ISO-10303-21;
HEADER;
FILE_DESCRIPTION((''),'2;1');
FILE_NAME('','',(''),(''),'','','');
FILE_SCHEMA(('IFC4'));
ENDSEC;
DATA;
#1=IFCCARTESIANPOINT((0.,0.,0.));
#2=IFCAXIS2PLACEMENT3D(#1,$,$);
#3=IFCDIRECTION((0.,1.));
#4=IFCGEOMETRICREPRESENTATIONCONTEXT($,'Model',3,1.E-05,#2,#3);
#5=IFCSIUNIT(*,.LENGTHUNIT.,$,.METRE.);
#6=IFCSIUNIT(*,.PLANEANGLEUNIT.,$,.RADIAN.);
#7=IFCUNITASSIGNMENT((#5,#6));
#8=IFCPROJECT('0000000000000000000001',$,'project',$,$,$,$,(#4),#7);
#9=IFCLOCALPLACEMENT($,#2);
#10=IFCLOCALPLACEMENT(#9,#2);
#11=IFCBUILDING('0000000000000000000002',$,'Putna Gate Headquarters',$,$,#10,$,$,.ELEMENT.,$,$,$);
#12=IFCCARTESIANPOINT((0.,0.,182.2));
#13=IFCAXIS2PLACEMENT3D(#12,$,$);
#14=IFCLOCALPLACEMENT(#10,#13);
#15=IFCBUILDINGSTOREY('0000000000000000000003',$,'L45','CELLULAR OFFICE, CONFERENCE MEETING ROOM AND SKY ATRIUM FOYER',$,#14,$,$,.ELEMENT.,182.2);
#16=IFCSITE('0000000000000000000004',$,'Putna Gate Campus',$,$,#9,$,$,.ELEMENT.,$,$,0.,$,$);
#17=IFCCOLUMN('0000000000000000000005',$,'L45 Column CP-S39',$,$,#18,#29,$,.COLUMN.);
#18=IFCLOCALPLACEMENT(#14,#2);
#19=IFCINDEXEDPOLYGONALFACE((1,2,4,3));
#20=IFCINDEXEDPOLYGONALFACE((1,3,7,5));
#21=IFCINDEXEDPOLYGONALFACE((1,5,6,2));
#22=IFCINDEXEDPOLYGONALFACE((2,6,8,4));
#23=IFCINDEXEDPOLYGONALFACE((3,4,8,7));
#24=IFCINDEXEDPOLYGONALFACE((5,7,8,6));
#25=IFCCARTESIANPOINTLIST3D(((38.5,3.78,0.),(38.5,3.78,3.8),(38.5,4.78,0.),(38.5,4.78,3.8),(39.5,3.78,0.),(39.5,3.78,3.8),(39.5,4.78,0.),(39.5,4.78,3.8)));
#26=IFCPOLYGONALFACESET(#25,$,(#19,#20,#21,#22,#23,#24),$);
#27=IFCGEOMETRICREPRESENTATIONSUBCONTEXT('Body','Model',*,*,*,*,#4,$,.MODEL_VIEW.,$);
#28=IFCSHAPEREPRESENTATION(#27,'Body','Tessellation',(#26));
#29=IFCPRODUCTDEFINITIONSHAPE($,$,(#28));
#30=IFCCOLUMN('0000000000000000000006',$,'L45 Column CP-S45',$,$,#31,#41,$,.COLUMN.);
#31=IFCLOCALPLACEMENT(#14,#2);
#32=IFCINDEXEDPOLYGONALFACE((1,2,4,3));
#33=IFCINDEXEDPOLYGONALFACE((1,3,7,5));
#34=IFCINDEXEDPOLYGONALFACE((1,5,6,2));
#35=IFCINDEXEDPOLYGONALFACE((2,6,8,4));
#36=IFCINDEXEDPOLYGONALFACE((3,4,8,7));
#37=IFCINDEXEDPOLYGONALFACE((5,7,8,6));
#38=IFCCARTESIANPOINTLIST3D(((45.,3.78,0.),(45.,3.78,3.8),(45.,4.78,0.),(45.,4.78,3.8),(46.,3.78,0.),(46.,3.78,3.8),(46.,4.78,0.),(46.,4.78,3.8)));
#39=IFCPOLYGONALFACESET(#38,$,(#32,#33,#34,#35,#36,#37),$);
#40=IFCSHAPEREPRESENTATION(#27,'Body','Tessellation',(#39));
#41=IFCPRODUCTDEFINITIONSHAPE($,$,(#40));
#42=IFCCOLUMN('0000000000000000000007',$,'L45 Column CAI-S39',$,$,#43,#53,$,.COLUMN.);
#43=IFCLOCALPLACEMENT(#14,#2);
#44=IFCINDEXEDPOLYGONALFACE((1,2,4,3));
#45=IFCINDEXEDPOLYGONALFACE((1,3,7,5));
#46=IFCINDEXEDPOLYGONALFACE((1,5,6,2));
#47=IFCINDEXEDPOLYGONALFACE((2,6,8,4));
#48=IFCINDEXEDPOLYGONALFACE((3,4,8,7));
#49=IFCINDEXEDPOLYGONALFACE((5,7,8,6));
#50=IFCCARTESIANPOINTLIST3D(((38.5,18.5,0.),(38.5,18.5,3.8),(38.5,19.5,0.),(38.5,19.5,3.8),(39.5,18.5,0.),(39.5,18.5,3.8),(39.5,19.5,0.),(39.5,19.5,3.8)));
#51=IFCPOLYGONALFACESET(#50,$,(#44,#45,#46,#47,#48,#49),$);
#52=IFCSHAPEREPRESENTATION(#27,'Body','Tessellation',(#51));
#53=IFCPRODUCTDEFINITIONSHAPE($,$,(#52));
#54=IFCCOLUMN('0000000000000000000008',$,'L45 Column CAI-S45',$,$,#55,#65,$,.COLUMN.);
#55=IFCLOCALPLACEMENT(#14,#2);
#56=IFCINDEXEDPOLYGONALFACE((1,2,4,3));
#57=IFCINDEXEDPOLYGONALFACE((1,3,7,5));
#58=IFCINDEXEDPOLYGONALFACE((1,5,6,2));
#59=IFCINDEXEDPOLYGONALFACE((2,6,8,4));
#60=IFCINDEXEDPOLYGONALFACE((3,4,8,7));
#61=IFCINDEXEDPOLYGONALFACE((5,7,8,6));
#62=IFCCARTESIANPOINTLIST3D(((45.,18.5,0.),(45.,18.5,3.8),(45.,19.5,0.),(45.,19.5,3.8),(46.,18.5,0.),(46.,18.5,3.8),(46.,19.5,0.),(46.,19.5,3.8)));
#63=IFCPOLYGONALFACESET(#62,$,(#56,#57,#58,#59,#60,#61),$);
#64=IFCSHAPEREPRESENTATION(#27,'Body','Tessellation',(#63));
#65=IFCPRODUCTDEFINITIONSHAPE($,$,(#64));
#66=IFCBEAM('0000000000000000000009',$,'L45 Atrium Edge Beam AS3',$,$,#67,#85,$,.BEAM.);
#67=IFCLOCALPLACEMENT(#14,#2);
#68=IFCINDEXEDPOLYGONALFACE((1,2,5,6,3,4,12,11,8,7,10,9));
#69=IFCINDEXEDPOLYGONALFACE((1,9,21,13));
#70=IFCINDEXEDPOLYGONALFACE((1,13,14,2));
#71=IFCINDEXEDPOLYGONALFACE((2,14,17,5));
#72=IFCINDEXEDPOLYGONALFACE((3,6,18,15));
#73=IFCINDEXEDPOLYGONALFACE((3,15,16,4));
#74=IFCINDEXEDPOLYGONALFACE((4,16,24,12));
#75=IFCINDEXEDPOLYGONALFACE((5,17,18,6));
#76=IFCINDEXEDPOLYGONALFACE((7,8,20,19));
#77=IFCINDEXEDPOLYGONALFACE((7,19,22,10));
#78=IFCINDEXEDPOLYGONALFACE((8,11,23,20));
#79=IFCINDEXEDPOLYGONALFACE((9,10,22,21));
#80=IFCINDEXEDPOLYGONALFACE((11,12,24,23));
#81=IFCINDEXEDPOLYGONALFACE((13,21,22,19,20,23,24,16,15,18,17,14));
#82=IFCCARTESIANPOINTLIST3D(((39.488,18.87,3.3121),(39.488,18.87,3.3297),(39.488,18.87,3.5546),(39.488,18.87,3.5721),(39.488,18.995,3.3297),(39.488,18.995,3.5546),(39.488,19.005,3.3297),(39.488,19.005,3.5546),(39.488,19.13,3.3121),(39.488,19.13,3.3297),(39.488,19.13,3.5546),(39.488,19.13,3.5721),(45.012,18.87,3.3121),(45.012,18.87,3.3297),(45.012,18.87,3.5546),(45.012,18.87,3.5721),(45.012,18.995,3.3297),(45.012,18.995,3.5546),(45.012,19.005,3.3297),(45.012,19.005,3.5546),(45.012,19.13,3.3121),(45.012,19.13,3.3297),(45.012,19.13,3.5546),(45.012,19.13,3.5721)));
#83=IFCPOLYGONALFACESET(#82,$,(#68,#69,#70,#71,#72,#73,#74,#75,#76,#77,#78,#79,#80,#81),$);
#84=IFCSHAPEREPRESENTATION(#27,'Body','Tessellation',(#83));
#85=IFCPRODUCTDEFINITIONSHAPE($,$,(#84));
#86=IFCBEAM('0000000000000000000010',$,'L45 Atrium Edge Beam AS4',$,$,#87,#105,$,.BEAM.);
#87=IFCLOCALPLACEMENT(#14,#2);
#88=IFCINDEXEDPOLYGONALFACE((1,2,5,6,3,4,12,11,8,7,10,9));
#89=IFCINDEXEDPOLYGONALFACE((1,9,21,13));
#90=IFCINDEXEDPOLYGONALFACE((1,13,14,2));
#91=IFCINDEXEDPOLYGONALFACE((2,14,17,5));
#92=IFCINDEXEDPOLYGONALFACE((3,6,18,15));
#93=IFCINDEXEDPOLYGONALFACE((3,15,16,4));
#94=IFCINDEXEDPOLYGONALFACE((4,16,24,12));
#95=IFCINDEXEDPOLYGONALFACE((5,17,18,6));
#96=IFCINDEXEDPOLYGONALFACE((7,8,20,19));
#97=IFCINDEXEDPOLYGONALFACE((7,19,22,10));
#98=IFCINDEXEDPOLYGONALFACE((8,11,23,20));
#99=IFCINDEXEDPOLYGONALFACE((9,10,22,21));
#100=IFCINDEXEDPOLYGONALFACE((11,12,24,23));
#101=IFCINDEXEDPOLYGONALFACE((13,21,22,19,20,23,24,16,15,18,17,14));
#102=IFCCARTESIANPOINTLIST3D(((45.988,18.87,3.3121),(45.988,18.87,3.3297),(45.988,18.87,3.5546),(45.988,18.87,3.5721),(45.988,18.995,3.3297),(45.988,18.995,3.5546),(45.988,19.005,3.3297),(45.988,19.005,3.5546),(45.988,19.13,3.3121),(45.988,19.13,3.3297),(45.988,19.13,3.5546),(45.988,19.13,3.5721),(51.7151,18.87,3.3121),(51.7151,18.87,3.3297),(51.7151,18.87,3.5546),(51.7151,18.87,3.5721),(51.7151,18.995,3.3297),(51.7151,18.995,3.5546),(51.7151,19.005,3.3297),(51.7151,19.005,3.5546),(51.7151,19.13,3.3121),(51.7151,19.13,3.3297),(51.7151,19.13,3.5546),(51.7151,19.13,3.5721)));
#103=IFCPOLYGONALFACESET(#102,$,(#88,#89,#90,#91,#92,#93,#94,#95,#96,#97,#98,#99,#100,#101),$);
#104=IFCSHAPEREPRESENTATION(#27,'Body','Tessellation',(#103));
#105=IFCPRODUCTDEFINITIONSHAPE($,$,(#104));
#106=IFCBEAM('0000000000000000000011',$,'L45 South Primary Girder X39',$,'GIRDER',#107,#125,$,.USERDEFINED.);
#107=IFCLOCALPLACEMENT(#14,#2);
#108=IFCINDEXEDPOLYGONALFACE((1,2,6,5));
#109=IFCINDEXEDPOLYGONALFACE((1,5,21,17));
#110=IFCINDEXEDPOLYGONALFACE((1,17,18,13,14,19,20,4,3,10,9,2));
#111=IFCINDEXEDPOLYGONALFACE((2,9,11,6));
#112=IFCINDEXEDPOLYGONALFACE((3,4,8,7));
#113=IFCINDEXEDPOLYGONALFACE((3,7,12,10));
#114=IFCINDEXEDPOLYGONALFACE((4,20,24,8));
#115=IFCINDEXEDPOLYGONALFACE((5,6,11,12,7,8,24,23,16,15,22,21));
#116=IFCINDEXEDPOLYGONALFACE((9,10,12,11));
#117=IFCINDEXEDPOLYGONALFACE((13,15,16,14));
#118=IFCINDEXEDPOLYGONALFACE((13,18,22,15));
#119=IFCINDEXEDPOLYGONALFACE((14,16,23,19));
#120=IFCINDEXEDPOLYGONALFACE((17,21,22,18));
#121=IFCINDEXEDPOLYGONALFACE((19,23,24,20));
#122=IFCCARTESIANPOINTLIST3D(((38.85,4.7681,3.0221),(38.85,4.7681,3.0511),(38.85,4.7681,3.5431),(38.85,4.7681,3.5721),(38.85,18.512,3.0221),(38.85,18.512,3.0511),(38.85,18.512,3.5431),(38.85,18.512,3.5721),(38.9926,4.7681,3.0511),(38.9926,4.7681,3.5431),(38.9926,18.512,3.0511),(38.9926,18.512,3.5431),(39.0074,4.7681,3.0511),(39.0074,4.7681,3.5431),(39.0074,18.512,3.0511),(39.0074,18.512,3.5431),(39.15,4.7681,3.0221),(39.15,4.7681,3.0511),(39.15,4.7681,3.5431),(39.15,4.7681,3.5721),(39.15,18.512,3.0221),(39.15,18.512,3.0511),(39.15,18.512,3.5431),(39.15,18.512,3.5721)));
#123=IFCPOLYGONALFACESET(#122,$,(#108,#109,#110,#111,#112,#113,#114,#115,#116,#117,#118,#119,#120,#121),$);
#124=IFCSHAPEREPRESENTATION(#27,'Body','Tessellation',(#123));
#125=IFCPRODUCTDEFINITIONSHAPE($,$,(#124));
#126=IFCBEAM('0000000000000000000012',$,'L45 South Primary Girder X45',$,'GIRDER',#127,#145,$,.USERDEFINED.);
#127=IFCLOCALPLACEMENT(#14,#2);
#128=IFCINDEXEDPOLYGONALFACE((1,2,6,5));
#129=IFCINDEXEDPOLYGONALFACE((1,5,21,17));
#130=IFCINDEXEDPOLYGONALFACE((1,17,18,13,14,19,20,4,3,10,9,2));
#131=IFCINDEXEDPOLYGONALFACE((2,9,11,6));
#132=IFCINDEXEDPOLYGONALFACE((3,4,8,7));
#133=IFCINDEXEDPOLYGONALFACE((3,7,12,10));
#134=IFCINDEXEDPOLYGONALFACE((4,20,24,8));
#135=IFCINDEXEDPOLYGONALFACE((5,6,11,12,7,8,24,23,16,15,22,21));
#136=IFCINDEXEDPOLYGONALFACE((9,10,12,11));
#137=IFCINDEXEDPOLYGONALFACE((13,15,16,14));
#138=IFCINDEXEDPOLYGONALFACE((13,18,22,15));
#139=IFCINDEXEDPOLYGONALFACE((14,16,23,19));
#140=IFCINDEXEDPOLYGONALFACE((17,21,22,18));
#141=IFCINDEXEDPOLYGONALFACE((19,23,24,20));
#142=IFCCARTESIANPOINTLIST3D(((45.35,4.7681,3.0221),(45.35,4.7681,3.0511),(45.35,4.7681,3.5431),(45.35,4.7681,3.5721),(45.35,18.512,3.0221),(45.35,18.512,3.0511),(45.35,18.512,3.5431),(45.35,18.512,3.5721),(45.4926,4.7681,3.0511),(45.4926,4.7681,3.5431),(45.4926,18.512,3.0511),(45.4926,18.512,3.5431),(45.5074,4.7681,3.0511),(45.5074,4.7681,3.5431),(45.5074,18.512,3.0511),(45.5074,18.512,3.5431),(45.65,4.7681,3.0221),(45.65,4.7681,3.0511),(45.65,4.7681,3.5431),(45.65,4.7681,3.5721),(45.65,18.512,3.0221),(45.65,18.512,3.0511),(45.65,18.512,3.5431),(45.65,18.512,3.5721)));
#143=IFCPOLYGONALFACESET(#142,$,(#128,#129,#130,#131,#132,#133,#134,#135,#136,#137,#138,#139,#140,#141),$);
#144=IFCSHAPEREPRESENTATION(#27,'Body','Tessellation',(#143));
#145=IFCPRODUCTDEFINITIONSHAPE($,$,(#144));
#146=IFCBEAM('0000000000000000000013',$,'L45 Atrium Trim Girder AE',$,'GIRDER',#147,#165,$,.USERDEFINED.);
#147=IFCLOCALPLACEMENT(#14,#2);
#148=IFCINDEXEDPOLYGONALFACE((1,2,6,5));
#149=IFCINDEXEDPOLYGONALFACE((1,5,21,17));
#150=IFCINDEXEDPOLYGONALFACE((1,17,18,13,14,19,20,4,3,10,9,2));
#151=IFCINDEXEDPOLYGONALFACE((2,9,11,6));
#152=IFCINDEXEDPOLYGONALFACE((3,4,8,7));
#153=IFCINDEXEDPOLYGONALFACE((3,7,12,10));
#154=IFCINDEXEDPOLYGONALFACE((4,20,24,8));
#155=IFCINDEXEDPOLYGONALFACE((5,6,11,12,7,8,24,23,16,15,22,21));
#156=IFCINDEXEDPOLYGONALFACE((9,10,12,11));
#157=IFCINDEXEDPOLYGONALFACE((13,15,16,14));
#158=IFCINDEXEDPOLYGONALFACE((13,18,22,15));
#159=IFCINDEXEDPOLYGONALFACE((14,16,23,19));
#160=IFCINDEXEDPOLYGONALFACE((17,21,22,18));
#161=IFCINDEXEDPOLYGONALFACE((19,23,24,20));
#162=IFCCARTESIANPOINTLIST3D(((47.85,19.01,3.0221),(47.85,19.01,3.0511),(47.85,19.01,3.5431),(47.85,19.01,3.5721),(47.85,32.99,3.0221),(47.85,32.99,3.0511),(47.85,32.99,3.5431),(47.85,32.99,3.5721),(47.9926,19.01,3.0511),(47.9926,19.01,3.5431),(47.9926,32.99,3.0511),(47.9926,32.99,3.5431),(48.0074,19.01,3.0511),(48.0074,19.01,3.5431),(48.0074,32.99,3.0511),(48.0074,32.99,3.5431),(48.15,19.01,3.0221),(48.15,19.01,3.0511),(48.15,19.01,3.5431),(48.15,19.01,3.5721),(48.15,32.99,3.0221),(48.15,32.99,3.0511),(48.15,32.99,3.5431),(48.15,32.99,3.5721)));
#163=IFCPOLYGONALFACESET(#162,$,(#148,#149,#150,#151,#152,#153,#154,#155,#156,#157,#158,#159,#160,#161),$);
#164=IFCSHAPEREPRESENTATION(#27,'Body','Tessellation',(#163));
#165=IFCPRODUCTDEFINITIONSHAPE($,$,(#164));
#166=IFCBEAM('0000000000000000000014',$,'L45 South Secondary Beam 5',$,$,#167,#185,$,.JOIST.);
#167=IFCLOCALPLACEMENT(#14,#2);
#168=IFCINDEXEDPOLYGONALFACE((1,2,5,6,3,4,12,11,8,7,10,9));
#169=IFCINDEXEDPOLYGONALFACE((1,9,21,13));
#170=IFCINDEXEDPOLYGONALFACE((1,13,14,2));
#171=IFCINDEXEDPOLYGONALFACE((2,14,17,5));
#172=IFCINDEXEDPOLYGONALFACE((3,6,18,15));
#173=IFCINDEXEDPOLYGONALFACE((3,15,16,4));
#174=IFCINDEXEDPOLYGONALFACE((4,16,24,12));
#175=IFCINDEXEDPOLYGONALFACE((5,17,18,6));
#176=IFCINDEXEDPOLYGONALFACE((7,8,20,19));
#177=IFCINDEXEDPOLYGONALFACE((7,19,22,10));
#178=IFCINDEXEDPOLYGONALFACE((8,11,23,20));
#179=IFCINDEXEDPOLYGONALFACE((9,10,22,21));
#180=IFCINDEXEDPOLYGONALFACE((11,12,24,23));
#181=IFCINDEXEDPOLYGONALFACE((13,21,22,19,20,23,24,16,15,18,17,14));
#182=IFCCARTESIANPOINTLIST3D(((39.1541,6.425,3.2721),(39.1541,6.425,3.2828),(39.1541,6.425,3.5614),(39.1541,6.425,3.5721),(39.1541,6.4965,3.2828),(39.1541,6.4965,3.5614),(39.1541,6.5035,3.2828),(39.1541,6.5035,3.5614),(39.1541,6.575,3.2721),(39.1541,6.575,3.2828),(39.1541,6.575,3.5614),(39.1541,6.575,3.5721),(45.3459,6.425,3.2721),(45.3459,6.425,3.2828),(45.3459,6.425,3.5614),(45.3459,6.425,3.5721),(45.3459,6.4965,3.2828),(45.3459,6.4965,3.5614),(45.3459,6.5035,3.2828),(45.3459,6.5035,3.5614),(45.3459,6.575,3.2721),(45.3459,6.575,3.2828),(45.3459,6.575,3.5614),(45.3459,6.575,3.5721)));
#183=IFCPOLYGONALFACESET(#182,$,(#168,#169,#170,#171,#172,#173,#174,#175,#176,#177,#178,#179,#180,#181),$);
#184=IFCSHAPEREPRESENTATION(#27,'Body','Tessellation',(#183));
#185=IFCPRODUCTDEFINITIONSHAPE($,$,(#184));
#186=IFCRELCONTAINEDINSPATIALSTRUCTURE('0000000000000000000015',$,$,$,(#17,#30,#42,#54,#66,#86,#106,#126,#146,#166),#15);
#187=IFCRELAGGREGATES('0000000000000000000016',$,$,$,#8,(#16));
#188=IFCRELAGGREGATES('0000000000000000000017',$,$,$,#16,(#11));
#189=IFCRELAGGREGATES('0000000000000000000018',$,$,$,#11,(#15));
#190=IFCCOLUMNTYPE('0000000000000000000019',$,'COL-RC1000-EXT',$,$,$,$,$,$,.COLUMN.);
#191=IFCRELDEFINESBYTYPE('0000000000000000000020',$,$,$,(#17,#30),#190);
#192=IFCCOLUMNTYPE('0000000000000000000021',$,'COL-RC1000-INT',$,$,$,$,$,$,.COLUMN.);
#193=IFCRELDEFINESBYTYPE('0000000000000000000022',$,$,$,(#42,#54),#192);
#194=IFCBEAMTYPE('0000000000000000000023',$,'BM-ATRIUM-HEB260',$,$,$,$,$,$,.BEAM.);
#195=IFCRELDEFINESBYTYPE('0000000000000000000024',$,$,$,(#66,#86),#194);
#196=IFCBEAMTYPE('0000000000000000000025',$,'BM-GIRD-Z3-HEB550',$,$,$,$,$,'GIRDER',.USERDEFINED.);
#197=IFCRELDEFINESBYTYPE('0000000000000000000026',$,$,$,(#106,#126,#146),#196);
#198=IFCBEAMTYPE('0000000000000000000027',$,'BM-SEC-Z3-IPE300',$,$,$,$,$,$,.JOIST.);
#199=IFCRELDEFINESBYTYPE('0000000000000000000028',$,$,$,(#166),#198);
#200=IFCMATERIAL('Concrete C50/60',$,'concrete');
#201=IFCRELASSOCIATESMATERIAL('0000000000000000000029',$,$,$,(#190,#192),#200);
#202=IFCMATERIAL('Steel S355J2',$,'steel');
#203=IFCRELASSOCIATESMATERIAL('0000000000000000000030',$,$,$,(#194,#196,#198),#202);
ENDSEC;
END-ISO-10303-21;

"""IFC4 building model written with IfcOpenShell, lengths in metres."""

from ifc_helpers import new_model, si_unit, direction, frame, origin, origin_2d, place, context, subcontext, project, spatial, rectangle, i_section, extrude, material, material_profile, profile_set, type_object, element, save


model = new_model("IFC4")

# Units and contexts
model_context = context("Model", 3, precision=1e-05, world=origin(), true_north=direction((0.0, 1.0)))
body_context = subcontext(model_context, "Body", "Model", "MODEL_VIEW")
ifc_project = project(units=[si_unit("LENGTHUNIT", "METRE"), si_unit("PLANEANGLEUNIT", "RADIAN")], contexts=[model_context])

# Site, building, storey
site_placement = place(None, origin())
site = spatial("IfcSite", under=ifc_project, at=site_placement, Name="Putna Gate Campus", CompositionType="ELEMENT", RefElevation=0.0)
building_placement = place(site_placement, origin())
building = spatial("IfcBuilding", under=site, at=building_placement, Name="Putna Gate Headquarters", CompositionType="ELEMENT")
storey_placement = place(building_placement, frame((0.0, 0.0, 182.2)))
storey = spatial("IfcBuildingStorey", under=building, at=storey_placement, Name="L45", Description="CELLULAR OFFICE, CONFERENCE MEETING ROOM AND SKY ATRIUM FOYER", CompositionType="ELEMENT", Elevation=182.2)

# Columns
ifc_material_1 = material(Name="Concrete C50/60", Category="concrete")
ifc_material_profile_1 = material_profile(ifc_material_1, rectangle(XDim=1.0, YDim=1.0, at=origin_2d()), Name="Concrete C50/60")
ifc_profile_set_1 = profile_set([ifc_material_profile_1], Name="Concrete C50/60")
column_type_1 = type_object("IfcColumnType", Name="COL-RC1000-EXT", PredefinedType="COLUMN", material=ifc_profile_set_1)
for number, where, z_axis, x_axis, name in (
    (1, (39.0, 4.28, 0.0), (0.0, 0.0, 1.0), (1.0, 0.0, 0.0), "L45 Column CP-S39"),
    (2, (45.5, 4.28, 0.0), (0.0, 0.0, 1.0), (1.0, 0.0, 0.0), "L45 Column CP-S45"),
):
    element("IfcColumn", number, at=place(storey_placement, frame(where, z_axis=z_axis, x_axis=x_axis)), inside=storey, type_object=column_type_1, Name=name, PredefinedType="COLUMN", context=body_context, shape_type="SweptSolid", body=[
        extrude(rectangle(XDim=1.0, YDim=1.0, at=origin_2d()), origin(), (0.0, 0.0, 1.0), 3.8),
    ])
ifc_material_profile_2 = material_profile(ifc_material_1, rectangle(XDim=1.0, YDim=1.0, at=origin_2d()), Name="Concrete C50/60")
ifc_profile_set_2 = profile_set([ifc_material_profile_2], Name="Concrete C50/60")
column_type_2 = type_object("IfcColumnType", Name="COL-RC1000-INT", PredefinedType="COLUMN", material=ifc_profile_set_2)
for number, where, z_axis, x_axis, name in (
    (3, (39.0, 19.0, 0.0), (0.0, 0.0, 1.0), (1.0, 0.0, 0.0), "L45 Column CAI-S39"),
    (4, (45.5, 19.0, 0.0), (0.0, 0.0, 1.0), (1.0, 0.0, 0.0), "L45 Column CAI-S45"),
):
    element("IfcColumn", number, at=place(storey_placement, frame(where, z_axis=z_axis, x_axis=x_axis)), inside=storey, type_object=column_type_2, Name=name, PredefinedType="COLUMN", context=body_context, shape_type="SweptSolid", body=[
        extrude(rectangle(XDim=1.0, YDim=1.0, at=origin_2d()), origin(), (0.0, 0.0, 1.0), 3.8),
    ])

# Beams
ifc_material_2 = material(Name="Steel S355J2", Category="steel")
ifc_material_profile_3 = material_profile(ifc_material_2, i_section(OverallWidth=0.26, OverallDepth=0.26, WebThickness=0.01, FlangeThickness=0.0176, at=origin_2d()), Name="Steel S355J2")
ifc_profile_set_3 = profile_set([ifc_material_profile_3], Name="Steel S355J2")
beam_type_1 = type_object("IfcBeamType", Name="BM-ATRIUM-HEB260", PredefinedType="BEAM", material=ifc_profile_set_3)
beam_1_placement = place(storey_placement, frame((39.488, 19.0, 3.4421), z_axis=(1.0, 0.0, 0.0), x_axis=(0.0, 1.0, 0.0)))
element("IfcBeam", 5, at=beam_1_placement, inside=storey, type_object=beam_type_1, Name="L45 Atrium Edge Beam AS3", PredefinedType="BEAM", context=body_context, shape_type="SweptSolid", body=[
    extrude(i_section(OverallWidth=0.26, OverallDepth=0.26, WebThickness=0.01, FlangeThickness=0.0176, at=origin_2d()), origin(), (0.0, 0.0, 1.0), 5.5239),
])
beam_2_placement = place(storey_placement, frame((45.988, 19.0, 3.4421), z_axis=(1.0, 0.0, 0.0), x_axis=(0.0, 1.0, 0.0)))
element("IfcBeam", 6, at=beam_2_placement, inside=storey, type_object=beam_type_1, Name="L45 Atrium Edge Beam AS4", PredefinedType="BEAM", context=body_context, shape_type="SweptSolid", body=[
    extrude(i_section(OverallWidth=0.26, OverallDepth=0.26, WebThickness=0.01, FlangeThickness=0.0176, at=origin_2d()), origin(), (0.0, 0.0, 1.0), 5.7271),
])
ifc_material_profile_4 = material_profile(ifc_material_2, i_section(OverallWidth=0.3, OverallDepth=0.55, WebThickness=0.0149, FlangeThickness=0.0291, at=origin_2d()), Name="Steel S355J2")
ifc_profile_set_4 = profile_set([ifc_material_profile_4], Name="Steel S355J2")
beam_type_2 = type_object("IfcBeamType", Name="BM-GIRD-Z3-HEB550", ElementType="GIRDER", PredefinedType="USERDEFINED", material=ifc_profile_set_4)
for number, where, z_axis, x_axis, name in (
    (7, (39.0, 4.7681, 3.2971), (0.0, 1.0, 0.0), (-1.0, 0.0, 0.0), "L45 South Primary Girder X39"),
    (8, (45.5, 4.7681, 3.2971), (0.0, 1.0, 0.0), (-1.0, 0.0, 0.0), "L45 South Primary Girder X45"),
):
    element("IfcBeam", number, at=place(storey_placement, frame(where, z_axis=z_axis, x_axis=x_axis)), inside=storey, type_object=beam_type_2, Name=name, ObjectType="GIRDER", PredefinedType="USERDEFINED", context=body_context, shape_type="SweptSolid", body=[
        extrude(i_section(OverallWidth=0.3, OverallDepth=0.55, WebThickness=0.0149, FlangeThickness=0.0291, at=origin_2d()), origin(), (0.0, 0.0, 1.0), 13.7439),
    ])
beam_3_placement = place(storey_placement, frame((48.0, 19.01, 3.2971), z_axis=(0.0, 1.0, 0.0), x_axis=(-1.0, 0.0, 0.0)))
element("IfcBeam", 9, at=beam_3_placement, inside=storey, type_object=beam_type_2, Name="L45 Atrium Trim Girder AE", ObjectType="GIRDER", PredefinedType="USERDEFINED", context=body_context, shape_type="SweptSolid", body=[
    extrude(i_section(OverallWidth=0.3, OverallDepth=0.55, WebThickness=0.0149, FlangeThickness=0.0291, at=origin_2d()), origin(), (0.0, 0.0, 1.0), 13.98),
])
ifc_material_profile_5 = material_profile(ifc_material_2, i_section(OverallWidth=0.1499, OverallDepth=0.3, WebThickness=0.0071, FlangeThickness=0.0107, at=origin_2d()), Name="Steel S355J2")
ifc_profile_set_5 = profile_set([ifc_material_profile_5], Name="Steel S355J2")
beam_type_3 = type_object("IfcBeamType", Name="BM-SEC-Z3-IPE300", PredefinedType="JOIST", material=ifc_profile_set_5)
for number, where, z_axis, x_axis, name in (
    (10, (39.1541, 6.5, 3.4221), (1.0, 0.0, 0.0), (0.0, 1.0, 0.0), "L45 South Secondary Beam 5"),
):
    element("IfcBeam", number, at=place(storey_placement, frame(where, z_axis=z_axis, x_axis=x_axis)), inside=storey, type_object=beam_type_3, Name=name, PredefinedType="JOIST", context=body_context, shape_type="SweptSolid", body=[
        extrude(i_section(OverallWidth=0.1499, OverallDepth=0.3, WebThickness=0.0071, FlangeThickness=0.0107, at=origin_2d()), origin(), (0.0, 0.0, 1.0), 6.1919),
    ])

save(model, "model.ifc")
